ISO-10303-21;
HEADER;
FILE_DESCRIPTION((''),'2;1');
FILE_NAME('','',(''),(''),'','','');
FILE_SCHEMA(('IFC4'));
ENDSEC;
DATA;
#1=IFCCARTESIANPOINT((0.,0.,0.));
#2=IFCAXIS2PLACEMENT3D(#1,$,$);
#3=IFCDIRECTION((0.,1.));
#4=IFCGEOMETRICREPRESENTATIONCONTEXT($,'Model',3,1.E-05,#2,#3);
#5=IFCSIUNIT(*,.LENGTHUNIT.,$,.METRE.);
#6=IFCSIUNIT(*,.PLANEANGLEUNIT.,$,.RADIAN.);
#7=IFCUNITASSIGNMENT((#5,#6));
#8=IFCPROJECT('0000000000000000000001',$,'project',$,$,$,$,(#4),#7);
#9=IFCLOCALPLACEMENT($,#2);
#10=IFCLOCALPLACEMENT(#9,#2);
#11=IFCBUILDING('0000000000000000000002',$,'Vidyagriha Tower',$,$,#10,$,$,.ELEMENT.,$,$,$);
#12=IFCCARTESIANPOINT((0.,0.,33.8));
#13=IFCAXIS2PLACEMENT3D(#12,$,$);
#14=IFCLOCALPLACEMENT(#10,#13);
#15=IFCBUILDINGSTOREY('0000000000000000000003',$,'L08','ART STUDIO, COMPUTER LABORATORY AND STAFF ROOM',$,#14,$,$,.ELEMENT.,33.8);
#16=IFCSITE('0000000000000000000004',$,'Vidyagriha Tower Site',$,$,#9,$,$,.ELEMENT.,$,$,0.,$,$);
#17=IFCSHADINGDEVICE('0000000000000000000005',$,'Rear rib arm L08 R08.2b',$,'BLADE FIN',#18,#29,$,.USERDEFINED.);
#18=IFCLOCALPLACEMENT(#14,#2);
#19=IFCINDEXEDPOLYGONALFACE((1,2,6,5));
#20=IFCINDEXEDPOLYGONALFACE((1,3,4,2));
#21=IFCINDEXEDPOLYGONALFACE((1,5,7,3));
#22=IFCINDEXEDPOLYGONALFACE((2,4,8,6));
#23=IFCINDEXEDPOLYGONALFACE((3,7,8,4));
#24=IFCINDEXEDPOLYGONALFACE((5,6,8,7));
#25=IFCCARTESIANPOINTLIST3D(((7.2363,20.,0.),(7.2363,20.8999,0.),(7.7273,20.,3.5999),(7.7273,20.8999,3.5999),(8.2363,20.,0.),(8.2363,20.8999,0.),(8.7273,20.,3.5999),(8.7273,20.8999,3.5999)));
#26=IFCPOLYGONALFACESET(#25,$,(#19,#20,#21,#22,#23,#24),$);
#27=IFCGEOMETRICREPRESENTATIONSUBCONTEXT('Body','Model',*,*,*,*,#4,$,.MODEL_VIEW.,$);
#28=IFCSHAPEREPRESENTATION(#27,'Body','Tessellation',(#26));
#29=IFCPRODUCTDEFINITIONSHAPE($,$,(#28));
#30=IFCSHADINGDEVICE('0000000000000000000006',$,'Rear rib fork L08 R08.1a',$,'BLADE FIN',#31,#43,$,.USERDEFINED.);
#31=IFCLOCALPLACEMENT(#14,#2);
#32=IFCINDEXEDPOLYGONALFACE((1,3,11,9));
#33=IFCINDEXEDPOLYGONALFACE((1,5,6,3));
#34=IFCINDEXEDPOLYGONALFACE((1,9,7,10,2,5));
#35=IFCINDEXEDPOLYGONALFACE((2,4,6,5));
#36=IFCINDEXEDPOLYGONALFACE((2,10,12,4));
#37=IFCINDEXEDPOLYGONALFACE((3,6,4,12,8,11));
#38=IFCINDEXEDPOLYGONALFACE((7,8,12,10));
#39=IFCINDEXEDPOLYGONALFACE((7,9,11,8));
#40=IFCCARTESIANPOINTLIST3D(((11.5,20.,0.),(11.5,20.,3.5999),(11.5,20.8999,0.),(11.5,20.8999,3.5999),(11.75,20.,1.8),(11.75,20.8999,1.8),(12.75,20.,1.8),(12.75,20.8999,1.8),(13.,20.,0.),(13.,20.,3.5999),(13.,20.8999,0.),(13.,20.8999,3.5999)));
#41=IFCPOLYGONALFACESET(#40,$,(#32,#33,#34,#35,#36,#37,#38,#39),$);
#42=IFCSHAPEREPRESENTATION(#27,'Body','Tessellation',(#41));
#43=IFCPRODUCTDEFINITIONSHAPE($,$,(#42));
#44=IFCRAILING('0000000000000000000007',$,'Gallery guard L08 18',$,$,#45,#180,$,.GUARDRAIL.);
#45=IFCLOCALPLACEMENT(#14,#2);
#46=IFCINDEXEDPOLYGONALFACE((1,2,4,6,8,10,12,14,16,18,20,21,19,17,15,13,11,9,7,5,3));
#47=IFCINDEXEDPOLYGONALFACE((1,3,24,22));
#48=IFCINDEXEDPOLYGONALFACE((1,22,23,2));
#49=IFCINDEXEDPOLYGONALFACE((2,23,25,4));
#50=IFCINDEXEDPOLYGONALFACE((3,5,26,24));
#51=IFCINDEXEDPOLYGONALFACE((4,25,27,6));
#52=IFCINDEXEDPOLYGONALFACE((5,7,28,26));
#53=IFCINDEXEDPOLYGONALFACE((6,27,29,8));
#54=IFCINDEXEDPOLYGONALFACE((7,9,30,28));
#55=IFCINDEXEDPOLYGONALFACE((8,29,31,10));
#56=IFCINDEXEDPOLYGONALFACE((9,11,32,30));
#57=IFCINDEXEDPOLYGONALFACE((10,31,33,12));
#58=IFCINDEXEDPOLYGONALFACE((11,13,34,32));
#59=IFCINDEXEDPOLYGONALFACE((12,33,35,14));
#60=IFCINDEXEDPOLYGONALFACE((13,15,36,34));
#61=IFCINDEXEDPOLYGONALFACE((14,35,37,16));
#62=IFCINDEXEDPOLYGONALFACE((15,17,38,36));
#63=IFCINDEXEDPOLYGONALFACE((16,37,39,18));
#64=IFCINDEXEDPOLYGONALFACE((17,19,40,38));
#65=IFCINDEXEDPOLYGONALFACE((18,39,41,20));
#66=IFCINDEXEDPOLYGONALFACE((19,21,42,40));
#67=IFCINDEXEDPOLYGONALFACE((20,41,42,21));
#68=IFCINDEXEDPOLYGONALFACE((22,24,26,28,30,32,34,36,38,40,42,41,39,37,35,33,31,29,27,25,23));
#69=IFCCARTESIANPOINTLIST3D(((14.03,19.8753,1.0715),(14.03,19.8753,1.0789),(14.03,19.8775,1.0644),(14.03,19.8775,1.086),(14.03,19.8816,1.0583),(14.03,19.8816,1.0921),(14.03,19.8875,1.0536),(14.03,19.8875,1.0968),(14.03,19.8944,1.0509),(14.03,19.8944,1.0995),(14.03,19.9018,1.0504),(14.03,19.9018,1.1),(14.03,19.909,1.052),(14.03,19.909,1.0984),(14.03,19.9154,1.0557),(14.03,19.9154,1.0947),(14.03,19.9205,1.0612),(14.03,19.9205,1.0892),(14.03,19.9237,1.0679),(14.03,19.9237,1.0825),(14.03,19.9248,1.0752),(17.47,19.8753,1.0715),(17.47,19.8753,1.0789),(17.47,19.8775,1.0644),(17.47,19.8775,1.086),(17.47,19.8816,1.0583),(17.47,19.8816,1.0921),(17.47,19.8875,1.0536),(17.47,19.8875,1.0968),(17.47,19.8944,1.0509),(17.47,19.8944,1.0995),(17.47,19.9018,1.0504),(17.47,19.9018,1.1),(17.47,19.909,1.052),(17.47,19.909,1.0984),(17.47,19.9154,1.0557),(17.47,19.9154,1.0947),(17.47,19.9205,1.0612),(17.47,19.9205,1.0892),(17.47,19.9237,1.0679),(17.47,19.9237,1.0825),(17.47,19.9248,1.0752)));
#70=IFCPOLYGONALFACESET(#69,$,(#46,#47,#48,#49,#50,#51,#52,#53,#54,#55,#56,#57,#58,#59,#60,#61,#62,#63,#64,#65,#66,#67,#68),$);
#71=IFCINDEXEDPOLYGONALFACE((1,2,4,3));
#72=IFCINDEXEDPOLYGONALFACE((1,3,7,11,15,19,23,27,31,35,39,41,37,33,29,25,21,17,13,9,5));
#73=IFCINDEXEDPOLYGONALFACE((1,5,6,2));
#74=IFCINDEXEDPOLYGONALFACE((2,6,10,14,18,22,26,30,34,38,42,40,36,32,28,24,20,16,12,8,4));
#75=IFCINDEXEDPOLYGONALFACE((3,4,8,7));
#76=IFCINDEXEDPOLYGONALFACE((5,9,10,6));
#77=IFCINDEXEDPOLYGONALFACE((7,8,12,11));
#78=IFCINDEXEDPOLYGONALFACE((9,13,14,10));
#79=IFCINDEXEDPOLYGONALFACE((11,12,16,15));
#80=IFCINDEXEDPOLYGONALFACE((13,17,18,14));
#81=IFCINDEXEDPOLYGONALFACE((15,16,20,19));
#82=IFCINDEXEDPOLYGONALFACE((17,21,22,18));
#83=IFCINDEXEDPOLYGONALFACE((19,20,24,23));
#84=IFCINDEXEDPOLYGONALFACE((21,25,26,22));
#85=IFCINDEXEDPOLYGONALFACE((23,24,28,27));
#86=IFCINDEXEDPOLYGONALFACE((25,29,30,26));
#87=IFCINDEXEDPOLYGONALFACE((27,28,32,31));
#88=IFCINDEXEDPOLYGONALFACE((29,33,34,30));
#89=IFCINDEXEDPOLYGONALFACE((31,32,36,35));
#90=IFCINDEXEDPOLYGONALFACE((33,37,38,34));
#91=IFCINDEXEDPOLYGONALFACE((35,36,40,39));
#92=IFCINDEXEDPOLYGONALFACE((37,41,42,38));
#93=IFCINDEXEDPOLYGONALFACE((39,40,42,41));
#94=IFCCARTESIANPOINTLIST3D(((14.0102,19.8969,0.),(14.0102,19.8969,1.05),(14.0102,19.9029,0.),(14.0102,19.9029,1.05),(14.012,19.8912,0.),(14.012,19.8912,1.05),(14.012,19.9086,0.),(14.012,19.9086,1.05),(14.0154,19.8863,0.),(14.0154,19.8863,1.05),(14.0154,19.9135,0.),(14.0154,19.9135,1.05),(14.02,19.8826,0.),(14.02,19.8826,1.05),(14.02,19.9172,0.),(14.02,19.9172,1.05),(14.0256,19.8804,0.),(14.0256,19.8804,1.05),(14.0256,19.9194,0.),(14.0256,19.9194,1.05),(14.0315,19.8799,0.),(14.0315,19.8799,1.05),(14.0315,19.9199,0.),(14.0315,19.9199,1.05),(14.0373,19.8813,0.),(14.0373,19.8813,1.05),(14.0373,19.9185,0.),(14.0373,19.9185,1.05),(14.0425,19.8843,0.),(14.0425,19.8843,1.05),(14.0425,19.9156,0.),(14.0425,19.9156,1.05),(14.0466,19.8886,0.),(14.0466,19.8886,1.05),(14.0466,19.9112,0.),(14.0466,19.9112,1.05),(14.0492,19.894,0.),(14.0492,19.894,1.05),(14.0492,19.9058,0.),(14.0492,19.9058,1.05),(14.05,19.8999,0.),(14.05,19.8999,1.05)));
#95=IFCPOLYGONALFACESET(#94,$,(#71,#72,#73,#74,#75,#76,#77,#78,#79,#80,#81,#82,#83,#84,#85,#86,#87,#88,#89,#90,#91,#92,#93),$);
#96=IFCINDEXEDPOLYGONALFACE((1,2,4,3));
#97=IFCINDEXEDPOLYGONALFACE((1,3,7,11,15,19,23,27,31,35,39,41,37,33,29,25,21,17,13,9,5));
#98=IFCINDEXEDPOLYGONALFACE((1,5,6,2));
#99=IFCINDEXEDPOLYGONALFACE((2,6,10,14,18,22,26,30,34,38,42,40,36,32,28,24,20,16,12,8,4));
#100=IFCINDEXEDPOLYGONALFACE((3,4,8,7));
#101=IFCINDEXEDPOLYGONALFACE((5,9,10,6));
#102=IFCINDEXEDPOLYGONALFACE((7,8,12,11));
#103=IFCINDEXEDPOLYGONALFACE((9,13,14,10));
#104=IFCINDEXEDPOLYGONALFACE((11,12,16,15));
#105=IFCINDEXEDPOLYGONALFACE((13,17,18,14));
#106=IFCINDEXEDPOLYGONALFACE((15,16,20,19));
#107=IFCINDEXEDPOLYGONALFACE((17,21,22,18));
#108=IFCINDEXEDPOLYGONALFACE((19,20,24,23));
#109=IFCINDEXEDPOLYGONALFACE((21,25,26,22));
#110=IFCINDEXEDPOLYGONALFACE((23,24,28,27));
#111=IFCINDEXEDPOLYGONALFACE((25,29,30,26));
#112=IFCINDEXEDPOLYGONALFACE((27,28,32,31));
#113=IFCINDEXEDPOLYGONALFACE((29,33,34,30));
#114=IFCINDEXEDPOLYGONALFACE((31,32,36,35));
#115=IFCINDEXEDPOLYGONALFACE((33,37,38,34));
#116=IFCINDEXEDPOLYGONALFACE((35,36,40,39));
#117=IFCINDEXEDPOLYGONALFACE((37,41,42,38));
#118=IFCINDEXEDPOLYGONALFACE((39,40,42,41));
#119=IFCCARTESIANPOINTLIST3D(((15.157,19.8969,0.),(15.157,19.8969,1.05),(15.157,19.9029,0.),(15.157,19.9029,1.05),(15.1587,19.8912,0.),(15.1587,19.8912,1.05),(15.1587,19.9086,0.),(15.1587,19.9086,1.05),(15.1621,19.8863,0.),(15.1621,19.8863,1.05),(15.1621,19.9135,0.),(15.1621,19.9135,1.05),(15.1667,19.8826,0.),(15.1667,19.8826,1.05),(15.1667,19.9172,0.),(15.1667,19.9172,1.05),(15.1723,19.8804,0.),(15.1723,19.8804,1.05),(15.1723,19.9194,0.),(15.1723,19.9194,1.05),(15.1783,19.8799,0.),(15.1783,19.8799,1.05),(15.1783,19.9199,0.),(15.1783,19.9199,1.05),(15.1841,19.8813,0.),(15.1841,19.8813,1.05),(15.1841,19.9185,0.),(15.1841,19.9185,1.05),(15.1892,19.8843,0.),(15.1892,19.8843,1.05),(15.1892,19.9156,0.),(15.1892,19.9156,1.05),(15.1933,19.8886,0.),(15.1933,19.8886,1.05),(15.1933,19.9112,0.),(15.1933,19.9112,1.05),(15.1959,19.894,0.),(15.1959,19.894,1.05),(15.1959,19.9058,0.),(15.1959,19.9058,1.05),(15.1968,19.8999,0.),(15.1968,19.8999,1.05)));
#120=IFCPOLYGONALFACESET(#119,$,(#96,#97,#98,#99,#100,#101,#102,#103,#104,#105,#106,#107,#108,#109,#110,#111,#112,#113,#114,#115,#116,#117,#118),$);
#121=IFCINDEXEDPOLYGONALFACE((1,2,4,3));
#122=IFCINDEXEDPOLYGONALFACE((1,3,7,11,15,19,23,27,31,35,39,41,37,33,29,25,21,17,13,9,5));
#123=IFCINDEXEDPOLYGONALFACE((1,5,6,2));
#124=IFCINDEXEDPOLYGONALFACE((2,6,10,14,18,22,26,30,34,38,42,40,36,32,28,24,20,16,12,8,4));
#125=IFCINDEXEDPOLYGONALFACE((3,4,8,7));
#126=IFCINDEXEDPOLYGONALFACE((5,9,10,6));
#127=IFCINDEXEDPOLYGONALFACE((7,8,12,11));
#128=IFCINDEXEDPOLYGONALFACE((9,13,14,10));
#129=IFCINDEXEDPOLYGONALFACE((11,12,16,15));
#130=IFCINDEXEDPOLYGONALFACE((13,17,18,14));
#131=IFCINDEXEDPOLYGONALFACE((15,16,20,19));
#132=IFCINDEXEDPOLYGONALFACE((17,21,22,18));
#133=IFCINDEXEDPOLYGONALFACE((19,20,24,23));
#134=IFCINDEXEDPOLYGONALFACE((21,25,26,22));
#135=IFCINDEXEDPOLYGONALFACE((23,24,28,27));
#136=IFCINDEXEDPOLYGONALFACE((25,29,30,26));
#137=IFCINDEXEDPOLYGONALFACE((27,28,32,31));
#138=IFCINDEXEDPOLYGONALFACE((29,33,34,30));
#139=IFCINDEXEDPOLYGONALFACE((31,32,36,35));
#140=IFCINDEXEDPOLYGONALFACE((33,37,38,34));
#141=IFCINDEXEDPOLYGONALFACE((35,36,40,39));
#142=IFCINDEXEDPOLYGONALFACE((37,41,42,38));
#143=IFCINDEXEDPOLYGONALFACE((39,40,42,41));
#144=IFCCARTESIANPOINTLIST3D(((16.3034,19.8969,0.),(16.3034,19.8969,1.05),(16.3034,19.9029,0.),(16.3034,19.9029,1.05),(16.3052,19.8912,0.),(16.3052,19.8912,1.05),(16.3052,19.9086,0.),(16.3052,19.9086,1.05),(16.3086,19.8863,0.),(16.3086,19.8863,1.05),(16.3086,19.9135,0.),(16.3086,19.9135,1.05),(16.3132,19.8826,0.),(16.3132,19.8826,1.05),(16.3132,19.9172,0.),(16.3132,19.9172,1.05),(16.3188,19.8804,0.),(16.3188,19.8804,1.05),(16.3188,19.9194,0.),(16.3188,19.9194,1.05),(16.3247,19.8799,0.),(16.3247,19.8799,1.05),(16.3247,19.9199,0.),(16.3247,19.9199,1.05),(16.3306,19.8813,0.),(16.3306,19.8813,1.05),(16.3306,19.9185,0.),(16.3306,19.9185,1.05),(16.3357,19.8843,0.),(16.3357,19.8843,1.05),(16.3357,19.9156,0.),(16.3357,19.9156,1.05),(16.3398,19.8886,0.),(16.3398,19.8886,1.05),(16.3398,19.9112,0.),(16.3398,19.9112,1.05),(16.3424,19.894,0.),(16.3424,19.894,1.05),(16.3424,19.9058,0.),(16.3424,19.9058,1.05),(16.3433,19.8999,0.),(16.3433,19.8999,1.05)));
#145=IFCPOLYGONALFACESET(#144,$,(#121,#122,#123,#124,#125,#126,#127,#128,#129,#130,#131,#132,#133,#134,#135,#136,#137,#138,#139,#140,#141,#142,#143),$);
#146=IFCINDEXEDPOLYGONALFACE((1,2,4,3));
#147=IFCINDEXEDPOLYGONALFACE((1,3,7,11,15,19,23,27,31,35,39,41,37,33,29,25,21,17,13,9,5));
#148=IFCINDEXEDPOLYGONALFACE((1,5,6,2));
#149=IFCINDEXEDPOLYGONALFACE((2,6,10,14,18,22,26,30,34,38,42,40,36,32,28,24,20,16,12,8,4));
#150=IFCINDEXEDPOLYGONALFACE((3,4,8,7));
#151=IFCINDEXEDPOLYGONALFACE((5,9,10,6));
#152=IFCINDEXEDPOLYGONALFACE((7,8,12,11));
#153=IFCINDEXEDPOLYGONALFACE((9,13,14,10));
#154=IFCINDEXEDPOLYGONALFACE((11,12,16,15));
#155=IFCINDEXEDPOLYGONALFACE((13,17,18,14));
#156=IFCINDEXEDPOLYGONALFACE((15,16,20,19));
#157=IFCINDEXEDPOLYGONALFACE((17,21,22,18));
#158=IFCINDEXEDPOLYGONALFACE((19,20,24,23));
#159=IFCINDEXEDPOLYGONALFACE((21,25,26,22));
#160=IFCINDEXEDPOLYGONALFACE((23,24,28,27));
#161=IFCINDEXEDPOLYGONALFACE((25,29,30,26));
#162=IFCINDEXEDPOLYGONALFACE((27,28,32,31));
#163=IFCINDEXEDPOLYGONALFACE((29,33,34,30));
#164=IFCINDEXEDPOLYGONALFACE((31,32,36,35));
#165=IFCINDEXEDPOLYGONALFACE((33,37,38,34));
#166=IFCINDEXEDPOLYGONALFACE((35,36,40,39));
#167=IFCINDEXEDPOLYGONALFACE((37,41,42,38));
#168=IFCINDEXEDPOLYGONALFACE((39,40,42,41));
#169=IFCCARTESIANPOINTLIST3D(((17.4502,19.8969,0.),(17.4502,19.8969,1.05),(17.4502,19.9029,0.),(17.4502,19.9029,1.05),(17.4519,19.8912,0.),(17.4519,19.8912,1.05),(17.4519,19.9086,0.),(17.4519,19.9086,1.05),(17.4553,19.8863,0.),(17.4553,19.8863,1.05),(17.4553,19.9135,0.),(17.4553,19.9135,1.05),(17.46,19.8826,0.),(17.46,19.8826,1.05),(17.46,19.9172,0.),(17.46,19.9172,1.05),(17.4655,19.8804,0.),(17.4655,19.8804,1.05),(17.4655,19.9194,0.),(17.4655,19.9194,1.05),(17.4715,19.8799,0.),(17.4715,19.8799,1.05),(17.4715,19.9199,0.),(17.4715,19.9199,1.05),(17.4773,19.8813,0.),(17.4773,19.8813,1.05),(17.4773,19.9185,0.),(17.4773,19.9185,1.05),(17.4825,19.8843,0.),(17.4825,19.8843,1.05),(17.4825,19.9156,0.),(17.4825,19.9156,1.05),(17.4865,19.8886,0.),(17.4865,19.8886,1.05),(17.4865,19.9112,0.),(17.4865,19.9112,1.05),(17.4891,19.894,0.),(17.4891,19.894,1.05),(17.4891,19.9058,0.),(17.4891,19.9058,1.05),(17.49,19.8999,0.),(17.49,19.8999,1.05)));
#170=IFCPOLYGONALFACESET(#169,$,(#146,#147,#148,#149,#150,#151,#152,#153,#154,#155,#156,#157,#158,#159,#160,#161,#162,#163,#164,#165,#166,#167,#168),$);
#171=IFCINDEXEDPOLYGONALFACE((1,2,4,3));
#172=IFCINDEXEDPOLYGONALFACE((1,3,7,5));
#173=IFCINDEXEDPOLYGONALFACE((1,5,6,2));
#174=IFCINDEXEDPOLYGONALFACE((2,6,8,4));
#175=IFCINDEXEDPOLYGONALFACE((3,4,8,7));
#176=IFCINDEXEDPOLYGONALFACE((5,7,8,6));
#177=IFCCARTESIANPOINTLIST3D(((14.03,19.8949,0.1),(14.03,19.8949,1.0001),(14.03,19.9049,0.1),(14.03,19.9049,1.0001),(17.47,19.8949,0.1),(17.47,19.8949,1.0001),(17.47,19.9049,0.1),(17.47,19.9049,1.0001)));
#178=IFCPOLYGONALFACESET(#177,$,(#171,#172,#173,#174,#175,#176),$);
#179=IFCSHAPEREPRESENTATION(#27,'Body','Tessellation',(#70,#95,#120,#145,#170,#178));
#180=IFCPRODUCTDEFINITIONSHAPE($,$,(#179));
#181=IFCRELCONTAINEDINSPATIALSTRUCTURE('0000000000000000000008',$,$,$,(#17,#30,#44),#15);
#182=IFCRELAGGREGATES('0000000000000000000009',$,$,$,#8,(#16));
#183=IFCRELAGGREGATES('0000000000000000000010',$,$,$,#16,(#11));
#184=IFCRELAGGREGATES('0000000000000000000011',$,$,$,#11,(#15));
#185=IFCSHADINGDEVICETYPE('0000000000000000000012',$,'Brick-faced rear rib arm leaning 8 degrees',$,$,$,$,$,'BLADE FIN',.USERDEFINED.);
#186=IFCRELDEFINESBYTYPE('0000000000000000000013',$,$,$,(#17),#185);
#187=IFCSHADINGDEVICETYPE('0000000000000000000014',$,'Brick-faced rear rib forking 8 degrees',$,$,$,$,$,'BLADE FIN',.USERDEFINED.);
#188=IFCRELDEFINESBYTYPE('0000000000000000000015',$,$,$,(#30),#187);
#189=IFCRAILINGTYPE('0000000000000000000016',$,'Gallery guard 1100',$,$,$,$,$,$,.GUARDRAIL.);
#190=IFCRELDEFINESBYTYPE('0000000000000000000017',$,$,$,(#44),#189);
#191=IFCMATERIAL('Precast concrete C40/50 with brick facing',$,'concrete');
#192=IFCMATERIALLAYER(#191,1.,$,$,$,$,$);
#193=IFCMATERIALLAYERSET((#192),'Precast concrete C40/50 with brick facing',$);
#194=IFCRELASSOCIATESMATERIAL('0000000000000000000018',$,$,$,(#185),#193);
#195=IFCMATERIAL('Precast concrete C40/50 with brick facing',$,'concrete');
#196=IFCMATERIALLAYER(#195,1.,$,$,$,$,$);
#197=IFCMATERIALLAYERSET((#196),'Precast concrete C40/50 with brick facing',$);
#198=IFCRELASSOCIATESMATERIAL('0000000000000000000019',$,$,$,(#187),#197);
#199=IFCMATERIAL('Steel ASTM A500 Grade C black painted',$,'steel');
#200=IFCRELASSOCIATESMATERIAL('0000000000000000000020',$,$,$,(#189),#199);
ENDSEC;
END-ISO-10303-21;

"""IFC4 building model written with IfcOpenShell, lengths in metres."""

from ifc_helpers import new_model, si_unit, direction, frame, origin, origin_2d, place, context, subcontext, project, spatial, polyline, rectangle, circle, outline, extrude, material, layer, layer_set, type_object, element, save


model = new_model("IFC4")

# Units and contexts
model_context = context("Model", 3, precision=1e-05, world=origin(), true_north=direction((0.0, 1.0)))
body_context = subcontext(model_context, "Body", "Model", "MODEL_VIEW")
ifc_project = project(units=[si_unit("LENGTHUNIT", "METRE"), si_unit("PLANEANGLEUNIT", "RADIAN")], contexts=[model_context])

# Site, building, storey
site_placement = place(None, origin())
site = spatial("IfcSite", under=ifc_project, at=site_placement, Name="Vidyagriha Tower Site", CompositionType="ELEMENT", RefElevation=0.0)
building_placement = place(site_placement, origin())
building = spatial("IfcBuilding", under=site, at=building_placement, Name="Vidyagriha Tower", CompositionType="ELEMENT")
storey_placement = place(building_placement, frame((0.0, 0.0, 33.8)))
storey = spatial("IfcBuildingStorey", under=building, at=storey_placement, Name="L08", Description="ART STUDIO, COMPUTER LABORATORY AND STAFF ROOM", CompositionType="ELEMENT", Elevation=33.8)

# Shading devices
ifc_material_1 = material(Name="Precast concrete C40/50 with brick facing", Category="concrete")
ifc_layer_1 = layer(ifc_material_1, 1.0)
ifc_layer_set_1 = layer_set([ifc_layer_1], Name="Precast concrete C40/50 with brick facing")
shading_device_type_1 = type_object("IfcShadingDeviceType", Name="Brick-faced rear rib arm leaning 8 degrees", ElementType="BLADE FIN", PredefinedType="USERDEFINED", material=ifc_layer_set_1)
shading_device_1_placement = place(storey_placement, frame((8.7273, 20.45, 0.0), z_axis=(0.0, 0.0, 1.0), x_axis=(-1.0, 0.0, 0.0)))
element("IfcShadingDevice", 1, at=shading_device_1_placement, inside=storey, type_object=shading_device_type_1, Name="Rear rib arm L08 R08.2b", ObjectType="BLADE FIN", PredefinedType="USERDEFINED", context=body_context, shape_type="SweptSolid", body=[
    extrude(outline(polyline([(0.491, 0.0), (1.491, 0.0), (1.0, 3.5999), (0.0, 3.5999), (0.491, 0.0)])), frame((0.0, 0.45, 0.0), z_axis=(0.0, -1.0, 0.0), x_axis=(1.0, 0.0, 0.0)), (0.0, 0.0, 1.0), 0.8999),
])
ifc_material_2 = material(Name="Precast concrete C40/50 with brick facing", Category="concrete")
ifc_layer_2 = layer(ifc_material_2, 1.0)
ifc_layer_set_2 = layer_set([ifc_layer_2], Name="Precast concrete C40/50 with brick facing")
shading_device_type_2 = type_object("IfcShadingDeviceType", Name="Brick-faced rear rib forking 8 degrees", ElementType="BLADE FIN", PredefinedType="USERDEFINED", material=ifc_layer_set_2)
shading_device_2_placement = place(storey_placement, frame((13.0, 20.45, 0.0), z_axis=(0.0, 0.0, 1.0), x_axis=(-1.0, 0.0, 0.0)))
element("IfcShadingDevice", 2, at=shading_device_2_placement, inside=storey, type_object=shading_device_type_2, Name="Rear rib fork L08 R08.1a", ObjectType="BLADE FIN", PredefinedType="USERDEFINED", context=body_context, shape_type="SweptSolid", body=[
    extrude(outline(polyline([(0.0, 0.0), (1.5, 0.0), (1.25, 1.8), (1.5, 3.5999), (0.0, 3.5999), (0.25, 1.8), (0.0, 0.0)])), frame((0.0, 0.45, 0.0), z_axis=(0.0, -1.0, 0.0), x_axis=(1.0, 0.0, 0.0)), (0.0, 0.0, 1.0), 0.8999),
])

# Railing
ifc_material_3 = material(Name="Steel ASTM A500 Grade C black painted", Category="steel")
railing_type_1 = type_object("IfcRailingType", Name="Gallery guard 1100", PredefinedType="GUARDRAIL", material=ifc_material_3)
railing_1_placement = place(storey_placement, frame((14.03, 19.8999, 0.0)))
element("IfcRailing", 3, at=railing_1_placement, inside=storey, type_object=railing_type_1, Name="Gallery guard L08 18", PredefinedType="GUARDRAIL", context=body_context, shape_type="SweptSolid", body=[
    extrude(circle(Radius=0.0249, at=origin_2d()), frame((0.0, 0.0, 1.0752), z_axis=(1.0, 0.0, 0.0), x_axis=(0.0, 1.0, 0.0)), (0.0, 0.0, 1.0), 3.4399),
    extrude(circle(Radius=0.02, at=origin_2d()), origin(), (0.0, 0.0, 1.0), 1.05),
    extrude(circle(Radius=0.02, at=origin_2d()), frame((1.1467, 0.0, 0.0)), (0.0, 0.0, 1.0), 1.05),
    extrude(circle(Radius=0.02, at=origin_2d()), frame((2.2932, 0.0, 0.0)), (0.0, 0.0, 1.0), 1.05),
    extrude(circle(Radius=0.02, at=origin_2d()), frame((3.4399, 0.0, 0.0)), (0.0, 0.0, 1.0), 1.05),
    extrude(rectangle(XDim=0.01, YDim=0.9001, at=origin_2d()), frame((0.0, 0.0, 0.55), z_axis=(1.0, 0.0, 0.0), x_axis=(0.0, 1.0, 0.0)), (0.0, 0.0, 1.0), 3.4399),
])

save(model, "model.ifc")
